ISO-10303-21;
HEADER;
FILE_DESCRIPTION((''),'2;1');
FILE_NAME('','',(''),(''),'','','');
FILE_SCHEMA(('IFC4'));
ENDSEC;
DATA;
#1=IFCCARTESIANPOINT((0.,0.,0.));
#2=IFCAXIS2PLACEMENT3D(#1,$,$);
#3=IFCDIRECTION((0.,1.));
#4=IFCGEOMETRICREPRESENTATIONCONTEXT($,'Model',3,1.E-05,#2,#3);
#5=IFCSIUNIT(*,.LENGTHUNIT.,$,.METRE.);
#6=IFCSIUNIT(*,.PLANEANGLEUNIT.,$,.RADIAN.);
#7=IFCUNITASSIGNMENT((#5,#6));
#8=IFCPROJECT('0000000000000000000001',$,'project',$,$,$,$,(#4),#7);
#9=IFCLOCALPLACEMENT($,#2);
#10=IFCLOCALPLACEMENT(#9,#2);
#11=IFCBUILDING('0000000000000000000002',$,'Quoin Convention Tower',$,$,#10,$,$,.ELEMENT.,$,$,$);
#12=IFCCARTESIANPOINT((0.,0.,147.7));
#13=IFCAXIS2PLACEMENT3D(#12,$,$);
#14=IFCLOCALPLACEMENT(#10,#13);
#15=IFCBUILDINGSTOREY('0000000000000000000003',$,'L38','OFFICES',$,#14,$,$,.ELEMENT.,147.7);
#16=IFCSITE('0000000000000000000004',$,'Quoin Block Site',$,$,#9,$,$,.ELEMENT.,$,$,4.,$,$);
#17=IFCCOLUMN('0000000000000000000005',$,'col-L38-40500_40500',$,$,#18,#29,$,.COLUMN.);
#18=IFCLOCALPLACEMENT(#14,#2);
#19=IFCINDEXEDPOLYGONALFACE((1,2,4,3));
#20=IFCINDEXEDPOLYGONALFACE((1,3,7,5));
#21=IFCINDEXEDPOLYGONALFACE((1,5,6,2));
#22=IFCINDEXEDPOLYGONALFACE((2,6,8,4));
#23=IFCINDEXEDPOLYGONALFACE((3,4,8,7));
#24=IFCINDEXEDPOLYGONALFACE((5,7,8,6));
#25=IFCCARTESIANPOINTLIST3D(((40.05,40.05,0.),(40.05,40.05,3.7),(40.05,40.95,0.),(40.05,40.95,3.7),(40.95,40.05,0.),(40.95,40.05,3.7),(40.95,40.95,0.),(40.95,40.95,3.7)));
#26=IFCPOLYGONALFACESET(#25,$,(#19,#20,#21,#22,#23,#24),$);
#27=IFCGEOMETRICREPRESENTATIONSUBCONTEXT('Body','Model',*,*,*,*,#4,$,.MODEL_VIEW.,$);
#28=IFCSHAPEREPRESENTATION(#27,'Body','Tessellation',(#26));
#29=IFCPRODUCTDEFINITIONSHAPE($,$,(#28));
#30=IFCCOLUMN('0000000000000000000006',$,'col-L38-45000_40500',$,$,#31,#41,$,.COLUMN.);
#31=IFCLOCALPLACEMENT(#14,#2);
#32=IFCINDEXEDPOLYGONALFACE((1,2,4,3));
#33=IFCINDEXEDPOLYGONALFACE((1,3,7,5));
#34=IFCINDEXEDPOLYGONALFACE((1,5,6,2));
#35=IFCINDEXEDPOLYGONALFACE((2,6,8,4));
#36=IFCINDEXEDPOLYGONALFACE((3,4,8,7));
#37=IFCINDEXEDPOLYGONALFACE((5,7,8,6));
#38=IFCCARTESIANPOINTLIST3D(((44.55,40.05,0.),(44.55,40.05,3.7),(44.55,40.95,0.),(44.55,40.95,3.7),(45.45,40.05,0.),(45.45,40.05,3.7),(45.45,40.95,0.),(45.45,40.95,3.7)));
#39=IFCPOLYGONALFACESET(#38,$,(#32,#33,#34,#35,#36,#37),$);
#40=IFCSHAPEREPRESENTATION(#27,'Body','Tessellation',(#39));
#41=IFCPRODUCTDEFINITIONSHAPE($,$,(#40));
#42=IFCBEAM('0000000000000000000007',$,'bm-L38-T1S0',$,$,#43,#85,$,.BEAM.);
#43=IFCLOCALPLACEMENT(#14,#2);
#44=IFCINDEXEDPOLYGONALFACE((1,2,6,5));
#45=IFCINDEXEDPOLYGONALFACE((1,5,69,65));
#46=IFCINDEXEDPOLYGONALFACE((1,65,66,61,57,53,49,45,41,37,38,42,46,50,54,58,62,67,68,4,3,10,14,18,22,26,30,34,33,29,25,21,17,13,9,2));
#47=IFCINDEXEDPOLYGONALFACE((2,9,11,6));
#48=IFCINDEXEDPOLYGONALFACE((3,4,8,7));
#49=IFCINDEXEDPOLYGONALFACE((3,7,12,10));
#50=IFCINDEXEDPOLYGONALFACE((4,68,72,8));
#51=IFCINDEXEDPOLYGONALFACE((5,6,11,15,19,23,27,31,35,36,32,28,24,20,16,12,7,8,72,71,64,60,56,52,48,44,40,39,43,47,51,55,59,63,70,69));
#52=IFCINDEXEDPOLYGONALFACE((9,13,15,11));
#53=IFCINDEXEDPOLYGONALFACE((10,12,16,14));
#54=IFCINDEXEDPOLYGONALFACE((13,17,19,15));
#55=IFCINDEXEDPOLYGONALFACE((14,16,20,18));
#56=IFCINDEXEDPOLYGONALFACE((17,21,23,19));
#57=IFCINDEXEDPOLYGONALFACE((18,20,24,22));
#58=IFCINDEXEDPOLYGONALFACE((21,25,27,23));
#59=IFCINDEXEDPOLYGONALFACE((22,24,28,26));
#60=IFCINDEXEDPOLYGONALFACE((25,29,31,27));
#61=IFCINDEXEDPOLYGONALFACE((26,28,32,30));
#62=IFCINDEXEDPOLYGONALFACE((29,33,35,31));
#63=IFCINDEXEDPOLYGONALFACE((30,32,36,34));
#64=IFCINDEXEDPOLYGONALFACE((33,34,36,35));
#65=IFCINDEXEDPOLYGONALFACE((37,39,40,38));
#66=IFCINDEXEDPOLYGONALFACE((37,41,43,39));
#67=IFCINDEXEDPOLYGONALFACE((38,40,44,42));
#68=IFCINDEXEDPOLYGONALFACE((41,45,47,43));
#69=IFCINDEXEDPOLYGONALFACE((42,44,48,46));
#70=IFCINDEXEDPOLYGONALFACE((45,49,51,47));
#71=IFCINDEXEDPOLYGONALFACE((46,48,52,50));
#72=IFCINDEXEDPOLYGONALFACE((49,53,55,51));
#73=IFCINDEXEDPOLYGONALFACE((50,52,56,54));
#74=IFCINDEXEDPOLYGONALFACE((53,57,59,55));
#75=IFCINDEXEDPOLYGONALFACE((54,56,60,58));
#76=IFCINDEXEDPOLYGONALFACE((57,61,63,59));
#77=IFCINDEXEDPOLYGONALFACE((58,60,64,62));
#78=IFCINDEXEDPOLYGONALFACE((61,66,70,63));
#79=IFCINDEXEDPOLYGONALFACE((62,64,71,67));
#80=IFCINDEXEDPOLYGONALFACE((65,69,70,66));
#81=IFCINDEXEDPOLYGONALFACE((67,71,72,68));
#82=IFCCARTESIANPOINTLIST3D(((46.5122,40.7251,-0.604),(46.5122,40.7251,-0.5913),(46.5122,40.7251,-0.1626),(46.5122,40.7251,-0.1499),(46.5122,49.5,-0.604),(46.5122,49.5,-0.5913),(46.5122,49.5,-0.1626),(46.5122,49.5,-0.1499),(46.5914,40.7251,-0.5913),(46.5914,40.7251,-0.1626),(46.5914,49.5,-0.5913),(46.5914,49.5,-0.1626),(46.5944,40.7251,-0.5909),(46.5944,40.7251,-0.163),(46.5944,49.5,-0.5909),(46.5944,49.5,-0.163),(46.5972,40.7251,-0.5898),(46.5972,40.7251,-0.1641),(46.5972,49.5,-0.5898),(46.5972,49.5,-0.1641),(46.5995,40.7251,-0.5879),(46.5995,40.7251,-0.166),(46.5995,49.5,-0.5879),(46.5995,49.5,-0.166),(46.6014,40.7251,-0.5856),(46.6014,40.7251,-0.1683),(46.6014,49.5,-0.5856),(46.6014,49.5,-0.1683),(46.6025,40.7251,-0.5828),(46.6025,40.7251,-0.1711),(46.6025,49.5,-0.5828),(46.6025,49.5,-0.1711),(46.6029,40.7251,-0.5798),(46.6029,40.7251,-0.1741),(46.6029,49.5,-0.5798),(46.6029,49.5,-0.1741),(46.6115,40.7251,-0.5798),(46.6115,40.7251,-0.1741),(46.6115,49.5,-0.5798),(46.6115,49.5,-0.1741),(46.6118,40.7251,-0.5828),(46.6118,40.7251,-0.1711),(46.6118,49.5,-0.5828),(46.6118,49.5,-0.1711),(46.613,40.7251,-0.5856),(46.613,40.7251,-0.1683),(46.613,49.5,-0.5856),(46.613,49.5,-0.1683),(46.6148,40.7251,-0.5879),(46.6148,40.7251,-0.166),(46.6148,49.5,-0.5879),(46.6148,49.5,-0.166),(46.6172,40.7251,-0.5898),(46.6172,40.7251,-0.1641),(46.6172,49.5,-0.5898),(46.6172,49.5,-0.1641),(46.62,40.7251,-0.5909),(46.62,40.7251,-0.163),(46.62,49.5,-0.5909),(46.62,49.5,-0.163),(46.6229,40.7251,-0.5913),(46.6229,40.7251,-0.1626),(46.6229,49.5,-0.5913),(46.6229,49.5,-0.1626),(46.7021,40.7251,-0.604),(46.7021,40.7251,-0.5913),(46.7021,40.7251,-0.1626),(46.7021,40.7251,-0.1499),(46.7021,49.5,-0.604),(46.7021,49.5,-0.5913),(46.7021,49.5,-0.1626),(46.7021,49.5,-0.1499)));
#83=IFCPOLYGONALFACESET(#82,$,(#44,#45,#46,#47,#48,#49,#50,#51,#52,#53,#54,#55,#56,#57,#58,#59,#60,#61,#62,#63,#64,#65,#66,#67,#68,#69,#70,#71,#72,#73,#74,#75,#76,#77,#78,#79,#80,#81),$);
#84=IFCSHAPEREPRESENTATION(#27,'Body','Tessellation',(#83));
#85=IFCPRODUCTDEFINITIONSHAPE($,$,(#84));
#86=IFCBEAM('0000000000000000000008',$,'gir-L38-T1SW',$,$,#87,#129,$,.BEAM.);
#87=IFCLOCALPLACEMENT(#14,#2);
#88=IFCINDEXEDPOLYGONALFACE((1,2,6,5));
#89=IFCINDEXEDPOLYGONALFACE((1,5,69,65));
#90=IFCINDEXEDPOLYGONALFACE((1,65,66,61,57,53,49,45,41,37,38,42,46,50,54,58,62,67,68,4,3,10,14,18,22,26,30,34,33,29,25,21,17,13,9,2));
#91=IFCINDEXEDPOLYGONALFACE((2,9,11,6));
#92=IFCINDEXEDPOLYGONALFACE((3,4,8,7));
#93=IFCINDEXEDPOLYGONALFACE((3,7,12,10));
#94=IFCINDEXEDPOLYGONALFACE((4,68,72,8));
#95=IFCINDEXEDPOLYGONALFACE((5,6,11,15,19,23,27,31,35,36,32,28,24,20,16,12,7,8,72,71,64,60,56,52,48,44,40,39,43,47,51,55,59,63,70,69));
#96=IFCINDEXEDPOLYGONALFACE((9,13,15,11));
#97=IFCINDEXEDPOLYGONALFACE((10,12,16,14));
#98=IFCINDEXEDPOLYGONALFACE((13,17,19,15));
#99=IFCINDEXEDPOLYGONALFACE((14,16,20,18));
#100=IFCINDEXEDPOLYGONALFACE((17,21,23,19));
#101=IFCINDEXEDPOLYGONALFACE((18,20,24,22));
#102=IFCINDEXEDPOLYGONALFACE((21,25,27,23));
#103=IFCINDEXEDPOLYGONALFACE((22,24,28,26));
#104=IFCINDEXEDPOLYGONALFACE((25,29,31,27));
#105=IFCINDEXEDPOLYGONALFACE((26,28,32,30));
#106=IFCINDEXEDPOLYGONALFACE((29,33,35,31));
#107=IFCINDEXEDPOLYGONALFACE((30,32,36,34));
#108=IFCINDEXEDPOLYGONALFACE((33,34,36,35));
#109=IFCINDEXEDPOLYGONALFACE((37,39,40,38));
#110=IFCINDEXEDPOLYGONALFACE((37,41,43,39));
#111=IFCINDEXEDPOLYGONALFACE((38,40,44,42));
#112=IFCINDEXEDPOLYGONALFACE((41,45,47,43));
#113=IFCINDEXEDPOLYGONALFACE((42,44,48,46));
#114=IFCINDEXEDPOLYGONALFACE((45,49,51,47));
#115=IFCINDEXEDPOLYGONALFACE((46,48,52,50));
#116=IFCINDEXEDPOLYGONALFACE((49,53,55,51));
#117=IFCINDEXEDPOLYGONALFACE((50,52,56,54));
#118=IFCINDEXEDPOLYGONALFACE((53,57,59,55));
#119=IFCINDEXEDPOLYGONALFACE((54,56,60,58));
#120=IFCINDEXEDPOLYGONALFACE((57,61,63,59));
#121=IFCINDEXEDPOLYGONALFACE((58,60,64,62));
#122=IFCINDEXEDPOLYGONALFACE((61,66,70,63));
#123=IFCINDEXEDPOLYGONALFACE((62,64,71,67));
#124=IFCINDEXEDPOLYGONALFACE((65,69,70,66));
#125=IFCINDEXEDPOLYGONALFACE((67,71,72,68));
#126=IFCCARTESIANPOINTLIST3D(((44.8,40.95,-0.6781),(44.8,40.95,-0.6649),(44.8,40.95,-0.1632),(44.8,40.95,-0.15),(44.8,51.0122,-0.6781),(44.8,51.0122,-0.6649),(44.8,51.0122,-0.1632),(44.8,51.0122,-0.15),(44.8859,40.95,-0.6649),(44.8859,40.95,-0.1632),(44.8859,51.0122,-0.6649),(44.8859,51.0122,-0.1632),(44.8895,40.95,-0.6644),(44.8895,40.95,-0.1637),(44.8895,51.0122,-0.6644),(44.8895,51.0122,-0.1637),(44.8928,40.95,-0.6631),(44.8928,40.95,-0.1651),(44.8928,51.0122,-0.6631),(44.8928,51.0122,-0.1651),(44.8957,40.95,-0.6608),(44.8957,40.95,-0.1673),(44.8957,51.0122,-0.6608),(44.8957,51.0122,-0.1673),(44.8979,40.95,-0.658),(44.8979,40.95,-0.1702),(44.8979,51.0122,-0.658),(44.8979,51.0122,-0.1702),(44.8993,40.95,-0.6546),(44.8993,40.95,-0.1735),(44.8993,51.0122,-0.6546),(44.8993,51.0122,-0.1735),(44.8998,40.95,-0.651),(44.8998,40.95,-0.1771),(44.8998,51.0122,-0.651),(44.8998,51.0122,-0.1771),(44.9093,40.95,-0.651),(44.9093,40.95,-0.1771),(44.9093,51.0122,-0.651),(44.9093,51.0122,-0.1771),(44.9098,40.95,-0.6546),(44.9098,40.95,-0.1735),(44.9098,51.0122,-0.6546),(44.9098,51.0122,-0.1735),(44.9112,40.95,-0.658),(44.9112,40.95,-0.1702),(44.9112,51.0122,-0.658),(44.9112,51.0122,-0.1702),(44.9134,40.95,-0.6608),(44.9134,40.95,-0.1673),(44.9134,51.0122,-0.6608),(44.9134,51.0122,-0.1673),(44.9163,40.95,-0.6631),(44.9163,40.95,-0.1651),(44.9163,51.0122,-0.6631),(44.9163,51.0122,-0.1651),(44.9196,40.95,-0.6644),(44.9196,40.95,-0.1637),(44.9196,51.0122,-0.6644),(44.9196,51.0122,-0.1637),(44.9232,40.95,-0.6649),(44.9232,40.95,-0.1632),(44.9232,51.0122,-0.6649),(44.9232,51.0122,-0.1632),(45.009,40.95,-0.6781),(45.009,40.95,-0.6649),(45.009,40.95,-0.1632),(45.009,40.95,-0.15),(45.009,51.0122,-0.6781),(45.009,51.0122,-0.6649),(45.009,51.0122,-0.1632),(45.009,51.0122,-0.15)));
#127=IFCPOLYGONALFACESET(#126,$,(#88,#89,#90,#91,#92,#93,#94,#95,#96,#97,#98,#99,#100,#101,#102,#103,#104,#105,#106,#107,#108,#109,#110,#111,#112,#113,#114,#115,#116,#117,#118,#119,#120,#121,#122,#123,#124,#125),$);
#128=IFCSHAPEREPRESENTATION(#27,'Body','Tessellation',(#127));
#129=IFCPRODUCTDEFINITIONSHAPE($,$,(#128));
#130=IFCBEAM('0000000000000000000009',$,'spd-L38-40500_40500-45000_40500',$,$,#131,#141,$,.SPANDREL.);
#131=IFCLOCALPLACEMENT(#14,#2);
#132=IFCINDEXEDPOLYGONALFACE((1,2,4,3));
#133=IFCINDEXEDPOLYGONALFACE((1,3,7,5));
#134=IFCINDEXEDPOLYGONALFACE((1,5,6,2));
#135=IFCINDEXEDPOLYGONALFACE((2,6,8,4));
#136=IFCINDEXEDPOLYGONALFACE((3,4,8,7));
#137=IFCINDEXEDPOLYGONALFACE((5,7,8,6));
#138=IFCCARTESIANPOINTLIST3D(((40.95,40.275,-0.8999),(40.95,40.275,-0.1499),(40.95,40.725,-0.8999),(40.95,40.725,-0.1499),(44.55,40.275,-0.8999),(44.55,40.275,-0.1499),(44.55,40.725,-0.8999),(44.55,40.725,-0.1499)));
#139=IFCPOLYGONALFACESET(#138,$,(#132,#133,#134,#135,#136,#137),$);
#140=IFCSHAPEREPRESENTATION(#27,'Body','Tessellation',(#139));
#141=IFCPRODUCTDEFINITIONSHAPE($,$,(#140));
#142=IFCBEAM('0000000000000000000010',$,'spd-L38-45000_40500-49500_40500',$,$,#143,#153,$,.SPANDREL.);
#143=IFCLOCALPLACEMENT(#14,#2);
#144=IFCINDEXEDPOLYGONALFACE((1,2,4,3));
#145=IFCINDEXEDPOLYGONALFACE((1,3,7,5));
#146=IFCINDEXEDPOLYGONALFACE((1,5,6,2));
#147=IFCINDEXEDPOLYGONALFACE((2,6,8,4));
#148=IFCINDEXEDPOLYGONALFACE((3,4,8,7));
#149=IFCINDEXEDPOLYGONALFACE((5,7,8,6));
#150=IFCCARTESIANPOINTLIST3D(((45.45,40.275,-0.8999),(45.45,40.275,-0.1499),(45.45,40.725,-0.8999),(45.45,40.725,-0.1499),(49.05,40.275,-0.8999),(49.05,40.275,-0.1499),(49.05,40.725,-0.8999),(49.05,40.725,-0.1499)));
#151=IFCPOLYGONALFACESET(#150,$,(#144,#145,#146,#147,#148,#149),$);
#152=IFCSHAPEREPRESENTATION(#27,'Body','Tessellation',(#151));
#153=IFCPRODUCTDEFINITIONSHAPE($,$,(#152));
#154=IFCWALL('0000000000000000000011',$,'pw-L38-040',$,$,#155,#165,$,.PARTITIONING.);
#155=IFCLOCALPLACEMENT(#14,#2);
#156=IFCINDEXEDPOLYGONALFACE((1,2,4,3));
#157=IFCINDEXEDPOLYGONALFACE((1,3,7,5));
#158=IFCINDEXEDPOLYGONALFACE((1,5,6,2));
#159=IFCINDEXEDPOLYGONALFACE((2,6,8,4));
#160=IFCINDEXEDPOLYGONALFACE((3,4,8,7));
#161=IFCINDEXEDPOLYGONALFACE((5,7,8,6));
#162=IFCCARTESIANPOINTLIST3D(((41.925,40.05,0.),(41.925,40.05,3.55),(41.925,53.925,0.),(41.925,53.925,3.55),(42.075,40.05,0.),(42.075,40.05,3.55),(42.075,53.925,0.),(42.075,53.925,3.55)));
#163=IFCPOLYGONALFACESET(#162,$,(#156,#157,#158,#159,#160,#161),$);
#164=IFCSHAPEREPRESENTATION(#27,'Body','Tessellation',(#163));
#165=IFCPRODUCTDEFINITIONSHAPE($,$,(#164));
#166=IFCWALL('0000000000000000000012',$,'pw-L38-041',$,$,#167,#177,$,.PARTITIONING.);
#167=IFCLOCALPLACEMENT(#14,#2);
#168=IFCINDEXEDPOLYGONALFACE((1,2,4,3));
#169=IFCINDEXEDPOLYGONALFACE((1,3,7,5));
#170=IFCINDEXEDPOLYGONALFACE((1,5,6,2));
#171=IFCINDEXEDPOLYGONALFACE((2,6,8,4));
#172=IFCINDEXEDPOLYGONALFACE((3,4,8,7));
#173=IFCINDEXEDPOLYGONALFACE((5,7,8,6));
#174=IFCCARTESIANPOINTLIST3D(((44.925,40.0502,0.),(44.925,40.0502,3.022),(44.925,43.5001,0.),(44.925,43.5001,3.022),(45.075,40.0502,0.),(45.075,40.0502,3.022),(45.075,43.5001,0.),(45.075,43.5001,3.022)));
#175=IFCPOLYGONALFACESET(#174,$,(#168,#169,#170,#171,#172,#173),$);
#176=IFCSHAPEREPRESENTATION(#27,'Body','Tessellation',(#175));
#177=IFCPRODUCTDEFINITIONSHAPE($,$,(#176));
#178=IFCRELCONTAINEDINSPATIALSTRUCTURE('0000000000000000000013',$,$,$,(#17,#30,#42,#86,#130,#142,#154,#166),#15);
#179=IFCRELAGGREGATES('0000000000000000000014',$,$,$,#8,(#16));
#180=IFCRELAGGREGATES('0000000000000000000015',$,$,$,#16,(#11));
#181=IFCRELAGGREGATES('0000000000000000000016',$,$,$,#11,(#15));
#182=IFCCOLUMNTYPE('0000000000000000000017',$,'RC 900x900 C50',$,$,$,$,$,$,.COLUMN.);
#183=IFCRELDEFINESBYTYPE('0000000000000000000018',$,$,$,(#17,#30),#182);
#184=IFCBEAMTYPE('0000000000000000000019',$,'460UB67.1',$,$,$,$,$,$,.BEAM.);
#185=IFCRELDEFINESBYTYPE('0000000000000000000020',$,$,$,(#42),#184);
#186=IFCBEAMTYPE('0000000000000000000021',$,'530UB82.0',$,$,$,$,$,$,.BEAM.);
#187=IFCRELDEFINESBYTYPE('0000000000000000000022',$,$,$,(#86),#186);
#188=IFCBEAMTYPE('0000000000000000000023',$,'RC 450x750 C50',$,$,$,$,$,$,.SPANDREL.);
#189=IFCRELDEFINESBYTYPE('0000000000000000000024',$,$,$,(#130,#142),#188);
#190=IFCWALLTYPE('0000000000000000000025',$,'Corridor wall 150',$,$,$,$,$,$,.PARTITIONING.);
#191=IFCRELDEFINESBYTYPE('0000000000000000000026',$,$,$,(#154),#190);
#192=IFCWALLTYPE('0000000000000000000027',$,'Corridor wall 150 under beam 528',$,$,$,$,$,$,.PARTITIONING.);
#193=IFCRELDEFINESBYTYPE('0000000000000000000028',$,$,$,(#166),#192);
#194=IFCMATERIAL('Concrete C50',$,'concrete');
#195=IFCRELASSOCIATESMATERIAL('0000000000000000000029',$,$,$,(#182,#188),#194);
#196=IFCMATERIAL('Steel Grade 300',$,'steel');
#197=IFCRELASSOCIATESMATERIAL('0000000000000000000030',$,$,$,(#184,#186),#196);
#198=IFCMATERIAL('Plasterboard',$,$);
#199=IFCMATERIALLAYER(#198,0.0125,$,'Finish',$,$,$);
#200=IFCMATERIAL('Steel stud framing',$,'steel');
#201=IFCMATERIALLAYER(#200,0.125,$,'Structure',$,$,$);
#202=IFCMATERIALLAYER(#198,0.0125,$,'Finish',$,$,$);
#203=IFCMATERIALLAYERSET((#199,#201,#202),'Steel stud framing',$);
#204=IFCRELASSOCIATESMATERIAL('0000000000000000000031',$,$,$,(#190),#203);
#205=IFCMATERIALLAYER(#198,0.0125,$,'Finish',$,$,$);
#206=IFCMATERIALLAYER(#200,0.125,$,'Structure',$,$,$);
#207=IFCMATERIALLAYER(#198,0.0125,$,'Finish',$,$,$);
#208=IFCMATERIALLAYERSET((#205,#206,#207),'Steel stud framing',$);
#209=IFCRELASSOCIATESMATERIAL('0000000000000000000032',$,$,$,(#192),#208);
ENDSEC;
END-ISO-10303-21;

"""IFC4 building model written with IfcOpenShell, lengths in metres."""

from ifc_helpers import new_model, si_unit, direction, frame, frame_2d, origin, origin_2d, place, context, subcontext, project, spatial, rectangle, i_section, extrude, material, layer, layer_set, material_profile, profile_set, type_object, element, save


model = new_model("IFC4")

# Units and contexts
model_context = context("Model", 3, precision=1e-05, world=origin(), true_north=direction((0.0, 1.0)))
body_context = subcontext(model_context, "Body", "Model", "MODEL_VIEW")
ifc_project = project(units=[si_unit("LENGTHUNIT", "METRE"), si_unit("PLANEANGLEUNIT", "RADIAN")], contexts=[model_context])

# Site, building, storey
site_placement = place(None, origin())
site = spatial("IfcSite", under=ifc_project, at=site_placement, Name="Quoin Block Site", CompositionType="ELEMENT", RefElevation=4.0)
building_placement = place(site_placement, origin())
building = spatial("IfcBuilding", under=site, at=building_placement, Name="Quoin Convention Tower", CompositionType="ELEMENT")
storey_placement = place(building_placement, frame((0.0, 0.0, 147.7)))
storey = spatial("IfcBuildingStorey", under=building, at=storey_placement, Name="L38", Description="OFFICES", CompositionType="ELEMENT", Elevation=147.7)

# Columns
ifc_material_1 = material(Name="Concrete C50", Category="concrete")
ifc_material_profile_1 = material_profile(ifc_material_1, rectangle(XDim=0.8999, YDim=0.8999, at=origin_2d()), Name="RC 900x900")
ifc_profile_set_1 = profile_set([ifc_material_profile_1], Name="Concrete C50")
column_type = type_object("IfcColumnType", Name="RC 900x900 C50", PredefinedType="COLUMN", material=ifc_profile_set_1)
for number, where, z_axis, x_axis, name in (
    (1, (40.5, 40.5, 0.0), (0.0, 0.0, 1.0), (1.0, 0.0, 0.0), "col-L38-40500_40500"),
    (2, (45.0, 40.5, 0.0), (0.0, 0.0, 1.0), (1.0, 0.0, 0.0), "col-L38-45000_40500"),
):
    element("IfcColumn", number, at=place(storey_placement, frame(where, z_axis=z_axis, x_axis=x_axis)), inside=storey, type_object=column_type, Name=name, PredefinedType="COLUMN", context=body_context, shape_type="SweptSolid", body=[
        extrude(rectangle(XDim=0.8999, YDim=0.8999, at=origin_2d()), origin(), (0.0, 0.0, 1.0), 3.7),
    ])

# Beams
ifc_material_2 = material(Name="Steel Grade 300", Category="steel")
ifc_material_profile_2 = material_profile(ifc_material_2, i_section(OverallWidth=0.1899, OverallDepth=0.4541, WebThickness=0.0085, FlangeThickness=0.0127, FilletRadius=0.0115, at=origin_2d()), Name="460UB67.1")
ifc_profile_set_2 = profile_set([ifc_material_profile_2], Name="Steel Grade 300")
beam_type_1 = type_object("IfcBeamType", Name="460UB67.1", PredefinedType="BEAM", material=ifc_profile_set_2)
beam_1_placement = place(storey_placement, frame((46.6072, 40.7251, -0.377), z_axis=(0.0, 1.0, 0.0), x_axis=(-1.0, 0.0, 0.0)))
element("IfcBeam", 3, at=beam_1_placement, inside=storey, type_object=beam_type_1, Name="bm-L38-T1S0", PredefinedType="BEAM", context=body_context, shape_type="SweptSolid", body=[
    extrude(i_section(OverallWidth=0.1899, OverallDepth=0.4541, WebThickness=0.0085, FlangeThickness=0.0127, FilletRadius=0.0115, at=origin_2d()), origin(), (0.0, 0.0, 1.0), 8.7749),
])
ifc_material_profile_3 = material_profile(ifc_material_2, i_section(OverallWidth=0.209, OverallDepth=0.5281, WebThickness=0.0095, FlangeThickness=0.0132, FilletRadius=0.0139, at=origin_2d()), Name="530UB82.0")
ifc_profile_set_3 = profile_set([ifc_material_profile_3], Name="Steel Grade 300")
beam_type_2 = type_object("IfcBeamType", Name="530UB82.0", PredefinedType="BEAM", material=ifc_profile_set_3)
beam_2_placement = place(storey_placement, frame((44.9045, 40.95, -0.4141), z_axis=(0.0, 1.0, 0.0), x_axis=(-1.0, 0.0, 0.0)))
element("IfcBeam", 4, at=beam_2_placement, inside=storey, type_object=beam_type_2, Name="gir-L38-T1SW", PredefinedType="BEAM", context=body_context, shape_type="SweptSolid", body=[
    extrude(i_section(OverallWidth=0.209, OverallDepth=0.5281, WebThickness=0.0095, FlangeThickness=0.0132, FilletRadius=0.0139, at=origin_2d()), origin(), (0.0, 0.0, 1.0), 10.0623),
])
ifc_material_profile_4 = material_profile(ifc_material_1, rectangle(XDim=0.45, YDim=0.75, at=origin_2d()), Name="RC 450x750")
ifc_profile_set_4 = profile_set([ifc_material_profile_4], Name="Concrete C50")
beam_type_3 = type_object("IfcBeamType", Name="RC 450x750 C50", PredefinedType="SPANDREL", material=ifc_profile_set_4)
for number, where, z_axis, x_axis, name in (
    (5, (40.95, 40.5, -0.5249), (1.0, 0.0, 0.0), (0.0, 1.0, 0.0), "spd-L38-40500_40500-45000_40500"),
    (6, (45.45, 40.5, -0.5249), (1.0, 0.0, 0.0), (0.0, 1.0, 0.0), "spd-L38-45000_40500-49500_40500"),
):
    element("IfcBeam", number, at=place(storey_placement, frame(where, z_axis=z_axis, x_axis=x_axis)), inside=storey, type_object=beam_type_3, Name=name, PredefinedType="SPANDREL", context=body_context, shape_type="SweptSolid", body=[
        extrude(rectangle(XDim=0.45, YDim=0.75, at=origin_2d()), origin(), (0.0, 0.0, 1.0), 3.6001),
    ])

# Walls
ifc_material_3 = material(Name="Plasterboard")
ifc_layer_1 = layer(ifc_material_3, 0.0125, Name="Finish")
ifc_material_4 = material(Name="Steel stud framing", Category="steel")
ifc_layer_2 = layer(ifc_material_4, 0.125, Name="Structure")
ifc_layer_3 = layer(ifc_material_3, 0.0125, Name="Finish")
ifc_layer_set_1 = layer_set([ifc_layer_1, ifc_layer_2, ifc_layer_3], Name="Steel stud framing")
wall_type_1 = type_object("IfcWallType", Name="Corridor wall 150", PredefinedType="PARTITIONING", material=ifc_layer_set_1)
wall_1_placement = place(storey_placement, frame((42.0, 40.05, 0.0), z_axis=(0.0, 0.0, 1.0), x_axis=(0.0, 1.0, 0.0)))
element("IfcWall", 7, at=wall_1_placement, inside=storey, type_object=wall_type_1, Name="pw-L38-040", PredefinedType="PARTITIONING", context=body_context, shape_type="SweptSolid", body=[
    extrude(rectangle(XDim=13.875, YDim=0.1499, at=frame_2d((6.9375, 0.0))), origin(), (0.0, 0.0, 1.0), 3.55),
])
ifc_layer_4 = layer(ifc_material_3, 0.0125, Name="Finish")
ifc_layer_5 = layer(ifc_material_4, 0.125, Name="Structure")
ifc_layer_6 = layer(ifc_material_3, 0.0125, Name="Finish")
ifc_layer_set_2 = layer_set([ifc_layer_4, ifc_layer_5, ifc_layer_6], Name="Steel stud framing")
wall_type_2 = type_object("IfcWallType", Name="Corridor wall 150 under beam 528", PredefinedType="PARTITIONING", material=ifc_layer_set_2)
wall_2_placement = place(storey_placement, frame((45.0, 40.05, 0.0), z_axis=(0.0, 0.0, 1.0), x_axis=(0.0, 1.0, 0.0)))
element("IfcWall", 8, at=wall_2_placement, inside=storey, type_object=wall_type_2, Name="pw-L38-041", PredefinedType="PARTITIONING", context=body_context, shape_type="SweptSolid", body=[
    extrude(rectangle(XDim=3.45, YDim=0.1499, at=frame_2d((1.7251, 0.0))), origin(), (0.0, 0.0, 1.0), 3.022),
])

save(model, "model.ifc")
